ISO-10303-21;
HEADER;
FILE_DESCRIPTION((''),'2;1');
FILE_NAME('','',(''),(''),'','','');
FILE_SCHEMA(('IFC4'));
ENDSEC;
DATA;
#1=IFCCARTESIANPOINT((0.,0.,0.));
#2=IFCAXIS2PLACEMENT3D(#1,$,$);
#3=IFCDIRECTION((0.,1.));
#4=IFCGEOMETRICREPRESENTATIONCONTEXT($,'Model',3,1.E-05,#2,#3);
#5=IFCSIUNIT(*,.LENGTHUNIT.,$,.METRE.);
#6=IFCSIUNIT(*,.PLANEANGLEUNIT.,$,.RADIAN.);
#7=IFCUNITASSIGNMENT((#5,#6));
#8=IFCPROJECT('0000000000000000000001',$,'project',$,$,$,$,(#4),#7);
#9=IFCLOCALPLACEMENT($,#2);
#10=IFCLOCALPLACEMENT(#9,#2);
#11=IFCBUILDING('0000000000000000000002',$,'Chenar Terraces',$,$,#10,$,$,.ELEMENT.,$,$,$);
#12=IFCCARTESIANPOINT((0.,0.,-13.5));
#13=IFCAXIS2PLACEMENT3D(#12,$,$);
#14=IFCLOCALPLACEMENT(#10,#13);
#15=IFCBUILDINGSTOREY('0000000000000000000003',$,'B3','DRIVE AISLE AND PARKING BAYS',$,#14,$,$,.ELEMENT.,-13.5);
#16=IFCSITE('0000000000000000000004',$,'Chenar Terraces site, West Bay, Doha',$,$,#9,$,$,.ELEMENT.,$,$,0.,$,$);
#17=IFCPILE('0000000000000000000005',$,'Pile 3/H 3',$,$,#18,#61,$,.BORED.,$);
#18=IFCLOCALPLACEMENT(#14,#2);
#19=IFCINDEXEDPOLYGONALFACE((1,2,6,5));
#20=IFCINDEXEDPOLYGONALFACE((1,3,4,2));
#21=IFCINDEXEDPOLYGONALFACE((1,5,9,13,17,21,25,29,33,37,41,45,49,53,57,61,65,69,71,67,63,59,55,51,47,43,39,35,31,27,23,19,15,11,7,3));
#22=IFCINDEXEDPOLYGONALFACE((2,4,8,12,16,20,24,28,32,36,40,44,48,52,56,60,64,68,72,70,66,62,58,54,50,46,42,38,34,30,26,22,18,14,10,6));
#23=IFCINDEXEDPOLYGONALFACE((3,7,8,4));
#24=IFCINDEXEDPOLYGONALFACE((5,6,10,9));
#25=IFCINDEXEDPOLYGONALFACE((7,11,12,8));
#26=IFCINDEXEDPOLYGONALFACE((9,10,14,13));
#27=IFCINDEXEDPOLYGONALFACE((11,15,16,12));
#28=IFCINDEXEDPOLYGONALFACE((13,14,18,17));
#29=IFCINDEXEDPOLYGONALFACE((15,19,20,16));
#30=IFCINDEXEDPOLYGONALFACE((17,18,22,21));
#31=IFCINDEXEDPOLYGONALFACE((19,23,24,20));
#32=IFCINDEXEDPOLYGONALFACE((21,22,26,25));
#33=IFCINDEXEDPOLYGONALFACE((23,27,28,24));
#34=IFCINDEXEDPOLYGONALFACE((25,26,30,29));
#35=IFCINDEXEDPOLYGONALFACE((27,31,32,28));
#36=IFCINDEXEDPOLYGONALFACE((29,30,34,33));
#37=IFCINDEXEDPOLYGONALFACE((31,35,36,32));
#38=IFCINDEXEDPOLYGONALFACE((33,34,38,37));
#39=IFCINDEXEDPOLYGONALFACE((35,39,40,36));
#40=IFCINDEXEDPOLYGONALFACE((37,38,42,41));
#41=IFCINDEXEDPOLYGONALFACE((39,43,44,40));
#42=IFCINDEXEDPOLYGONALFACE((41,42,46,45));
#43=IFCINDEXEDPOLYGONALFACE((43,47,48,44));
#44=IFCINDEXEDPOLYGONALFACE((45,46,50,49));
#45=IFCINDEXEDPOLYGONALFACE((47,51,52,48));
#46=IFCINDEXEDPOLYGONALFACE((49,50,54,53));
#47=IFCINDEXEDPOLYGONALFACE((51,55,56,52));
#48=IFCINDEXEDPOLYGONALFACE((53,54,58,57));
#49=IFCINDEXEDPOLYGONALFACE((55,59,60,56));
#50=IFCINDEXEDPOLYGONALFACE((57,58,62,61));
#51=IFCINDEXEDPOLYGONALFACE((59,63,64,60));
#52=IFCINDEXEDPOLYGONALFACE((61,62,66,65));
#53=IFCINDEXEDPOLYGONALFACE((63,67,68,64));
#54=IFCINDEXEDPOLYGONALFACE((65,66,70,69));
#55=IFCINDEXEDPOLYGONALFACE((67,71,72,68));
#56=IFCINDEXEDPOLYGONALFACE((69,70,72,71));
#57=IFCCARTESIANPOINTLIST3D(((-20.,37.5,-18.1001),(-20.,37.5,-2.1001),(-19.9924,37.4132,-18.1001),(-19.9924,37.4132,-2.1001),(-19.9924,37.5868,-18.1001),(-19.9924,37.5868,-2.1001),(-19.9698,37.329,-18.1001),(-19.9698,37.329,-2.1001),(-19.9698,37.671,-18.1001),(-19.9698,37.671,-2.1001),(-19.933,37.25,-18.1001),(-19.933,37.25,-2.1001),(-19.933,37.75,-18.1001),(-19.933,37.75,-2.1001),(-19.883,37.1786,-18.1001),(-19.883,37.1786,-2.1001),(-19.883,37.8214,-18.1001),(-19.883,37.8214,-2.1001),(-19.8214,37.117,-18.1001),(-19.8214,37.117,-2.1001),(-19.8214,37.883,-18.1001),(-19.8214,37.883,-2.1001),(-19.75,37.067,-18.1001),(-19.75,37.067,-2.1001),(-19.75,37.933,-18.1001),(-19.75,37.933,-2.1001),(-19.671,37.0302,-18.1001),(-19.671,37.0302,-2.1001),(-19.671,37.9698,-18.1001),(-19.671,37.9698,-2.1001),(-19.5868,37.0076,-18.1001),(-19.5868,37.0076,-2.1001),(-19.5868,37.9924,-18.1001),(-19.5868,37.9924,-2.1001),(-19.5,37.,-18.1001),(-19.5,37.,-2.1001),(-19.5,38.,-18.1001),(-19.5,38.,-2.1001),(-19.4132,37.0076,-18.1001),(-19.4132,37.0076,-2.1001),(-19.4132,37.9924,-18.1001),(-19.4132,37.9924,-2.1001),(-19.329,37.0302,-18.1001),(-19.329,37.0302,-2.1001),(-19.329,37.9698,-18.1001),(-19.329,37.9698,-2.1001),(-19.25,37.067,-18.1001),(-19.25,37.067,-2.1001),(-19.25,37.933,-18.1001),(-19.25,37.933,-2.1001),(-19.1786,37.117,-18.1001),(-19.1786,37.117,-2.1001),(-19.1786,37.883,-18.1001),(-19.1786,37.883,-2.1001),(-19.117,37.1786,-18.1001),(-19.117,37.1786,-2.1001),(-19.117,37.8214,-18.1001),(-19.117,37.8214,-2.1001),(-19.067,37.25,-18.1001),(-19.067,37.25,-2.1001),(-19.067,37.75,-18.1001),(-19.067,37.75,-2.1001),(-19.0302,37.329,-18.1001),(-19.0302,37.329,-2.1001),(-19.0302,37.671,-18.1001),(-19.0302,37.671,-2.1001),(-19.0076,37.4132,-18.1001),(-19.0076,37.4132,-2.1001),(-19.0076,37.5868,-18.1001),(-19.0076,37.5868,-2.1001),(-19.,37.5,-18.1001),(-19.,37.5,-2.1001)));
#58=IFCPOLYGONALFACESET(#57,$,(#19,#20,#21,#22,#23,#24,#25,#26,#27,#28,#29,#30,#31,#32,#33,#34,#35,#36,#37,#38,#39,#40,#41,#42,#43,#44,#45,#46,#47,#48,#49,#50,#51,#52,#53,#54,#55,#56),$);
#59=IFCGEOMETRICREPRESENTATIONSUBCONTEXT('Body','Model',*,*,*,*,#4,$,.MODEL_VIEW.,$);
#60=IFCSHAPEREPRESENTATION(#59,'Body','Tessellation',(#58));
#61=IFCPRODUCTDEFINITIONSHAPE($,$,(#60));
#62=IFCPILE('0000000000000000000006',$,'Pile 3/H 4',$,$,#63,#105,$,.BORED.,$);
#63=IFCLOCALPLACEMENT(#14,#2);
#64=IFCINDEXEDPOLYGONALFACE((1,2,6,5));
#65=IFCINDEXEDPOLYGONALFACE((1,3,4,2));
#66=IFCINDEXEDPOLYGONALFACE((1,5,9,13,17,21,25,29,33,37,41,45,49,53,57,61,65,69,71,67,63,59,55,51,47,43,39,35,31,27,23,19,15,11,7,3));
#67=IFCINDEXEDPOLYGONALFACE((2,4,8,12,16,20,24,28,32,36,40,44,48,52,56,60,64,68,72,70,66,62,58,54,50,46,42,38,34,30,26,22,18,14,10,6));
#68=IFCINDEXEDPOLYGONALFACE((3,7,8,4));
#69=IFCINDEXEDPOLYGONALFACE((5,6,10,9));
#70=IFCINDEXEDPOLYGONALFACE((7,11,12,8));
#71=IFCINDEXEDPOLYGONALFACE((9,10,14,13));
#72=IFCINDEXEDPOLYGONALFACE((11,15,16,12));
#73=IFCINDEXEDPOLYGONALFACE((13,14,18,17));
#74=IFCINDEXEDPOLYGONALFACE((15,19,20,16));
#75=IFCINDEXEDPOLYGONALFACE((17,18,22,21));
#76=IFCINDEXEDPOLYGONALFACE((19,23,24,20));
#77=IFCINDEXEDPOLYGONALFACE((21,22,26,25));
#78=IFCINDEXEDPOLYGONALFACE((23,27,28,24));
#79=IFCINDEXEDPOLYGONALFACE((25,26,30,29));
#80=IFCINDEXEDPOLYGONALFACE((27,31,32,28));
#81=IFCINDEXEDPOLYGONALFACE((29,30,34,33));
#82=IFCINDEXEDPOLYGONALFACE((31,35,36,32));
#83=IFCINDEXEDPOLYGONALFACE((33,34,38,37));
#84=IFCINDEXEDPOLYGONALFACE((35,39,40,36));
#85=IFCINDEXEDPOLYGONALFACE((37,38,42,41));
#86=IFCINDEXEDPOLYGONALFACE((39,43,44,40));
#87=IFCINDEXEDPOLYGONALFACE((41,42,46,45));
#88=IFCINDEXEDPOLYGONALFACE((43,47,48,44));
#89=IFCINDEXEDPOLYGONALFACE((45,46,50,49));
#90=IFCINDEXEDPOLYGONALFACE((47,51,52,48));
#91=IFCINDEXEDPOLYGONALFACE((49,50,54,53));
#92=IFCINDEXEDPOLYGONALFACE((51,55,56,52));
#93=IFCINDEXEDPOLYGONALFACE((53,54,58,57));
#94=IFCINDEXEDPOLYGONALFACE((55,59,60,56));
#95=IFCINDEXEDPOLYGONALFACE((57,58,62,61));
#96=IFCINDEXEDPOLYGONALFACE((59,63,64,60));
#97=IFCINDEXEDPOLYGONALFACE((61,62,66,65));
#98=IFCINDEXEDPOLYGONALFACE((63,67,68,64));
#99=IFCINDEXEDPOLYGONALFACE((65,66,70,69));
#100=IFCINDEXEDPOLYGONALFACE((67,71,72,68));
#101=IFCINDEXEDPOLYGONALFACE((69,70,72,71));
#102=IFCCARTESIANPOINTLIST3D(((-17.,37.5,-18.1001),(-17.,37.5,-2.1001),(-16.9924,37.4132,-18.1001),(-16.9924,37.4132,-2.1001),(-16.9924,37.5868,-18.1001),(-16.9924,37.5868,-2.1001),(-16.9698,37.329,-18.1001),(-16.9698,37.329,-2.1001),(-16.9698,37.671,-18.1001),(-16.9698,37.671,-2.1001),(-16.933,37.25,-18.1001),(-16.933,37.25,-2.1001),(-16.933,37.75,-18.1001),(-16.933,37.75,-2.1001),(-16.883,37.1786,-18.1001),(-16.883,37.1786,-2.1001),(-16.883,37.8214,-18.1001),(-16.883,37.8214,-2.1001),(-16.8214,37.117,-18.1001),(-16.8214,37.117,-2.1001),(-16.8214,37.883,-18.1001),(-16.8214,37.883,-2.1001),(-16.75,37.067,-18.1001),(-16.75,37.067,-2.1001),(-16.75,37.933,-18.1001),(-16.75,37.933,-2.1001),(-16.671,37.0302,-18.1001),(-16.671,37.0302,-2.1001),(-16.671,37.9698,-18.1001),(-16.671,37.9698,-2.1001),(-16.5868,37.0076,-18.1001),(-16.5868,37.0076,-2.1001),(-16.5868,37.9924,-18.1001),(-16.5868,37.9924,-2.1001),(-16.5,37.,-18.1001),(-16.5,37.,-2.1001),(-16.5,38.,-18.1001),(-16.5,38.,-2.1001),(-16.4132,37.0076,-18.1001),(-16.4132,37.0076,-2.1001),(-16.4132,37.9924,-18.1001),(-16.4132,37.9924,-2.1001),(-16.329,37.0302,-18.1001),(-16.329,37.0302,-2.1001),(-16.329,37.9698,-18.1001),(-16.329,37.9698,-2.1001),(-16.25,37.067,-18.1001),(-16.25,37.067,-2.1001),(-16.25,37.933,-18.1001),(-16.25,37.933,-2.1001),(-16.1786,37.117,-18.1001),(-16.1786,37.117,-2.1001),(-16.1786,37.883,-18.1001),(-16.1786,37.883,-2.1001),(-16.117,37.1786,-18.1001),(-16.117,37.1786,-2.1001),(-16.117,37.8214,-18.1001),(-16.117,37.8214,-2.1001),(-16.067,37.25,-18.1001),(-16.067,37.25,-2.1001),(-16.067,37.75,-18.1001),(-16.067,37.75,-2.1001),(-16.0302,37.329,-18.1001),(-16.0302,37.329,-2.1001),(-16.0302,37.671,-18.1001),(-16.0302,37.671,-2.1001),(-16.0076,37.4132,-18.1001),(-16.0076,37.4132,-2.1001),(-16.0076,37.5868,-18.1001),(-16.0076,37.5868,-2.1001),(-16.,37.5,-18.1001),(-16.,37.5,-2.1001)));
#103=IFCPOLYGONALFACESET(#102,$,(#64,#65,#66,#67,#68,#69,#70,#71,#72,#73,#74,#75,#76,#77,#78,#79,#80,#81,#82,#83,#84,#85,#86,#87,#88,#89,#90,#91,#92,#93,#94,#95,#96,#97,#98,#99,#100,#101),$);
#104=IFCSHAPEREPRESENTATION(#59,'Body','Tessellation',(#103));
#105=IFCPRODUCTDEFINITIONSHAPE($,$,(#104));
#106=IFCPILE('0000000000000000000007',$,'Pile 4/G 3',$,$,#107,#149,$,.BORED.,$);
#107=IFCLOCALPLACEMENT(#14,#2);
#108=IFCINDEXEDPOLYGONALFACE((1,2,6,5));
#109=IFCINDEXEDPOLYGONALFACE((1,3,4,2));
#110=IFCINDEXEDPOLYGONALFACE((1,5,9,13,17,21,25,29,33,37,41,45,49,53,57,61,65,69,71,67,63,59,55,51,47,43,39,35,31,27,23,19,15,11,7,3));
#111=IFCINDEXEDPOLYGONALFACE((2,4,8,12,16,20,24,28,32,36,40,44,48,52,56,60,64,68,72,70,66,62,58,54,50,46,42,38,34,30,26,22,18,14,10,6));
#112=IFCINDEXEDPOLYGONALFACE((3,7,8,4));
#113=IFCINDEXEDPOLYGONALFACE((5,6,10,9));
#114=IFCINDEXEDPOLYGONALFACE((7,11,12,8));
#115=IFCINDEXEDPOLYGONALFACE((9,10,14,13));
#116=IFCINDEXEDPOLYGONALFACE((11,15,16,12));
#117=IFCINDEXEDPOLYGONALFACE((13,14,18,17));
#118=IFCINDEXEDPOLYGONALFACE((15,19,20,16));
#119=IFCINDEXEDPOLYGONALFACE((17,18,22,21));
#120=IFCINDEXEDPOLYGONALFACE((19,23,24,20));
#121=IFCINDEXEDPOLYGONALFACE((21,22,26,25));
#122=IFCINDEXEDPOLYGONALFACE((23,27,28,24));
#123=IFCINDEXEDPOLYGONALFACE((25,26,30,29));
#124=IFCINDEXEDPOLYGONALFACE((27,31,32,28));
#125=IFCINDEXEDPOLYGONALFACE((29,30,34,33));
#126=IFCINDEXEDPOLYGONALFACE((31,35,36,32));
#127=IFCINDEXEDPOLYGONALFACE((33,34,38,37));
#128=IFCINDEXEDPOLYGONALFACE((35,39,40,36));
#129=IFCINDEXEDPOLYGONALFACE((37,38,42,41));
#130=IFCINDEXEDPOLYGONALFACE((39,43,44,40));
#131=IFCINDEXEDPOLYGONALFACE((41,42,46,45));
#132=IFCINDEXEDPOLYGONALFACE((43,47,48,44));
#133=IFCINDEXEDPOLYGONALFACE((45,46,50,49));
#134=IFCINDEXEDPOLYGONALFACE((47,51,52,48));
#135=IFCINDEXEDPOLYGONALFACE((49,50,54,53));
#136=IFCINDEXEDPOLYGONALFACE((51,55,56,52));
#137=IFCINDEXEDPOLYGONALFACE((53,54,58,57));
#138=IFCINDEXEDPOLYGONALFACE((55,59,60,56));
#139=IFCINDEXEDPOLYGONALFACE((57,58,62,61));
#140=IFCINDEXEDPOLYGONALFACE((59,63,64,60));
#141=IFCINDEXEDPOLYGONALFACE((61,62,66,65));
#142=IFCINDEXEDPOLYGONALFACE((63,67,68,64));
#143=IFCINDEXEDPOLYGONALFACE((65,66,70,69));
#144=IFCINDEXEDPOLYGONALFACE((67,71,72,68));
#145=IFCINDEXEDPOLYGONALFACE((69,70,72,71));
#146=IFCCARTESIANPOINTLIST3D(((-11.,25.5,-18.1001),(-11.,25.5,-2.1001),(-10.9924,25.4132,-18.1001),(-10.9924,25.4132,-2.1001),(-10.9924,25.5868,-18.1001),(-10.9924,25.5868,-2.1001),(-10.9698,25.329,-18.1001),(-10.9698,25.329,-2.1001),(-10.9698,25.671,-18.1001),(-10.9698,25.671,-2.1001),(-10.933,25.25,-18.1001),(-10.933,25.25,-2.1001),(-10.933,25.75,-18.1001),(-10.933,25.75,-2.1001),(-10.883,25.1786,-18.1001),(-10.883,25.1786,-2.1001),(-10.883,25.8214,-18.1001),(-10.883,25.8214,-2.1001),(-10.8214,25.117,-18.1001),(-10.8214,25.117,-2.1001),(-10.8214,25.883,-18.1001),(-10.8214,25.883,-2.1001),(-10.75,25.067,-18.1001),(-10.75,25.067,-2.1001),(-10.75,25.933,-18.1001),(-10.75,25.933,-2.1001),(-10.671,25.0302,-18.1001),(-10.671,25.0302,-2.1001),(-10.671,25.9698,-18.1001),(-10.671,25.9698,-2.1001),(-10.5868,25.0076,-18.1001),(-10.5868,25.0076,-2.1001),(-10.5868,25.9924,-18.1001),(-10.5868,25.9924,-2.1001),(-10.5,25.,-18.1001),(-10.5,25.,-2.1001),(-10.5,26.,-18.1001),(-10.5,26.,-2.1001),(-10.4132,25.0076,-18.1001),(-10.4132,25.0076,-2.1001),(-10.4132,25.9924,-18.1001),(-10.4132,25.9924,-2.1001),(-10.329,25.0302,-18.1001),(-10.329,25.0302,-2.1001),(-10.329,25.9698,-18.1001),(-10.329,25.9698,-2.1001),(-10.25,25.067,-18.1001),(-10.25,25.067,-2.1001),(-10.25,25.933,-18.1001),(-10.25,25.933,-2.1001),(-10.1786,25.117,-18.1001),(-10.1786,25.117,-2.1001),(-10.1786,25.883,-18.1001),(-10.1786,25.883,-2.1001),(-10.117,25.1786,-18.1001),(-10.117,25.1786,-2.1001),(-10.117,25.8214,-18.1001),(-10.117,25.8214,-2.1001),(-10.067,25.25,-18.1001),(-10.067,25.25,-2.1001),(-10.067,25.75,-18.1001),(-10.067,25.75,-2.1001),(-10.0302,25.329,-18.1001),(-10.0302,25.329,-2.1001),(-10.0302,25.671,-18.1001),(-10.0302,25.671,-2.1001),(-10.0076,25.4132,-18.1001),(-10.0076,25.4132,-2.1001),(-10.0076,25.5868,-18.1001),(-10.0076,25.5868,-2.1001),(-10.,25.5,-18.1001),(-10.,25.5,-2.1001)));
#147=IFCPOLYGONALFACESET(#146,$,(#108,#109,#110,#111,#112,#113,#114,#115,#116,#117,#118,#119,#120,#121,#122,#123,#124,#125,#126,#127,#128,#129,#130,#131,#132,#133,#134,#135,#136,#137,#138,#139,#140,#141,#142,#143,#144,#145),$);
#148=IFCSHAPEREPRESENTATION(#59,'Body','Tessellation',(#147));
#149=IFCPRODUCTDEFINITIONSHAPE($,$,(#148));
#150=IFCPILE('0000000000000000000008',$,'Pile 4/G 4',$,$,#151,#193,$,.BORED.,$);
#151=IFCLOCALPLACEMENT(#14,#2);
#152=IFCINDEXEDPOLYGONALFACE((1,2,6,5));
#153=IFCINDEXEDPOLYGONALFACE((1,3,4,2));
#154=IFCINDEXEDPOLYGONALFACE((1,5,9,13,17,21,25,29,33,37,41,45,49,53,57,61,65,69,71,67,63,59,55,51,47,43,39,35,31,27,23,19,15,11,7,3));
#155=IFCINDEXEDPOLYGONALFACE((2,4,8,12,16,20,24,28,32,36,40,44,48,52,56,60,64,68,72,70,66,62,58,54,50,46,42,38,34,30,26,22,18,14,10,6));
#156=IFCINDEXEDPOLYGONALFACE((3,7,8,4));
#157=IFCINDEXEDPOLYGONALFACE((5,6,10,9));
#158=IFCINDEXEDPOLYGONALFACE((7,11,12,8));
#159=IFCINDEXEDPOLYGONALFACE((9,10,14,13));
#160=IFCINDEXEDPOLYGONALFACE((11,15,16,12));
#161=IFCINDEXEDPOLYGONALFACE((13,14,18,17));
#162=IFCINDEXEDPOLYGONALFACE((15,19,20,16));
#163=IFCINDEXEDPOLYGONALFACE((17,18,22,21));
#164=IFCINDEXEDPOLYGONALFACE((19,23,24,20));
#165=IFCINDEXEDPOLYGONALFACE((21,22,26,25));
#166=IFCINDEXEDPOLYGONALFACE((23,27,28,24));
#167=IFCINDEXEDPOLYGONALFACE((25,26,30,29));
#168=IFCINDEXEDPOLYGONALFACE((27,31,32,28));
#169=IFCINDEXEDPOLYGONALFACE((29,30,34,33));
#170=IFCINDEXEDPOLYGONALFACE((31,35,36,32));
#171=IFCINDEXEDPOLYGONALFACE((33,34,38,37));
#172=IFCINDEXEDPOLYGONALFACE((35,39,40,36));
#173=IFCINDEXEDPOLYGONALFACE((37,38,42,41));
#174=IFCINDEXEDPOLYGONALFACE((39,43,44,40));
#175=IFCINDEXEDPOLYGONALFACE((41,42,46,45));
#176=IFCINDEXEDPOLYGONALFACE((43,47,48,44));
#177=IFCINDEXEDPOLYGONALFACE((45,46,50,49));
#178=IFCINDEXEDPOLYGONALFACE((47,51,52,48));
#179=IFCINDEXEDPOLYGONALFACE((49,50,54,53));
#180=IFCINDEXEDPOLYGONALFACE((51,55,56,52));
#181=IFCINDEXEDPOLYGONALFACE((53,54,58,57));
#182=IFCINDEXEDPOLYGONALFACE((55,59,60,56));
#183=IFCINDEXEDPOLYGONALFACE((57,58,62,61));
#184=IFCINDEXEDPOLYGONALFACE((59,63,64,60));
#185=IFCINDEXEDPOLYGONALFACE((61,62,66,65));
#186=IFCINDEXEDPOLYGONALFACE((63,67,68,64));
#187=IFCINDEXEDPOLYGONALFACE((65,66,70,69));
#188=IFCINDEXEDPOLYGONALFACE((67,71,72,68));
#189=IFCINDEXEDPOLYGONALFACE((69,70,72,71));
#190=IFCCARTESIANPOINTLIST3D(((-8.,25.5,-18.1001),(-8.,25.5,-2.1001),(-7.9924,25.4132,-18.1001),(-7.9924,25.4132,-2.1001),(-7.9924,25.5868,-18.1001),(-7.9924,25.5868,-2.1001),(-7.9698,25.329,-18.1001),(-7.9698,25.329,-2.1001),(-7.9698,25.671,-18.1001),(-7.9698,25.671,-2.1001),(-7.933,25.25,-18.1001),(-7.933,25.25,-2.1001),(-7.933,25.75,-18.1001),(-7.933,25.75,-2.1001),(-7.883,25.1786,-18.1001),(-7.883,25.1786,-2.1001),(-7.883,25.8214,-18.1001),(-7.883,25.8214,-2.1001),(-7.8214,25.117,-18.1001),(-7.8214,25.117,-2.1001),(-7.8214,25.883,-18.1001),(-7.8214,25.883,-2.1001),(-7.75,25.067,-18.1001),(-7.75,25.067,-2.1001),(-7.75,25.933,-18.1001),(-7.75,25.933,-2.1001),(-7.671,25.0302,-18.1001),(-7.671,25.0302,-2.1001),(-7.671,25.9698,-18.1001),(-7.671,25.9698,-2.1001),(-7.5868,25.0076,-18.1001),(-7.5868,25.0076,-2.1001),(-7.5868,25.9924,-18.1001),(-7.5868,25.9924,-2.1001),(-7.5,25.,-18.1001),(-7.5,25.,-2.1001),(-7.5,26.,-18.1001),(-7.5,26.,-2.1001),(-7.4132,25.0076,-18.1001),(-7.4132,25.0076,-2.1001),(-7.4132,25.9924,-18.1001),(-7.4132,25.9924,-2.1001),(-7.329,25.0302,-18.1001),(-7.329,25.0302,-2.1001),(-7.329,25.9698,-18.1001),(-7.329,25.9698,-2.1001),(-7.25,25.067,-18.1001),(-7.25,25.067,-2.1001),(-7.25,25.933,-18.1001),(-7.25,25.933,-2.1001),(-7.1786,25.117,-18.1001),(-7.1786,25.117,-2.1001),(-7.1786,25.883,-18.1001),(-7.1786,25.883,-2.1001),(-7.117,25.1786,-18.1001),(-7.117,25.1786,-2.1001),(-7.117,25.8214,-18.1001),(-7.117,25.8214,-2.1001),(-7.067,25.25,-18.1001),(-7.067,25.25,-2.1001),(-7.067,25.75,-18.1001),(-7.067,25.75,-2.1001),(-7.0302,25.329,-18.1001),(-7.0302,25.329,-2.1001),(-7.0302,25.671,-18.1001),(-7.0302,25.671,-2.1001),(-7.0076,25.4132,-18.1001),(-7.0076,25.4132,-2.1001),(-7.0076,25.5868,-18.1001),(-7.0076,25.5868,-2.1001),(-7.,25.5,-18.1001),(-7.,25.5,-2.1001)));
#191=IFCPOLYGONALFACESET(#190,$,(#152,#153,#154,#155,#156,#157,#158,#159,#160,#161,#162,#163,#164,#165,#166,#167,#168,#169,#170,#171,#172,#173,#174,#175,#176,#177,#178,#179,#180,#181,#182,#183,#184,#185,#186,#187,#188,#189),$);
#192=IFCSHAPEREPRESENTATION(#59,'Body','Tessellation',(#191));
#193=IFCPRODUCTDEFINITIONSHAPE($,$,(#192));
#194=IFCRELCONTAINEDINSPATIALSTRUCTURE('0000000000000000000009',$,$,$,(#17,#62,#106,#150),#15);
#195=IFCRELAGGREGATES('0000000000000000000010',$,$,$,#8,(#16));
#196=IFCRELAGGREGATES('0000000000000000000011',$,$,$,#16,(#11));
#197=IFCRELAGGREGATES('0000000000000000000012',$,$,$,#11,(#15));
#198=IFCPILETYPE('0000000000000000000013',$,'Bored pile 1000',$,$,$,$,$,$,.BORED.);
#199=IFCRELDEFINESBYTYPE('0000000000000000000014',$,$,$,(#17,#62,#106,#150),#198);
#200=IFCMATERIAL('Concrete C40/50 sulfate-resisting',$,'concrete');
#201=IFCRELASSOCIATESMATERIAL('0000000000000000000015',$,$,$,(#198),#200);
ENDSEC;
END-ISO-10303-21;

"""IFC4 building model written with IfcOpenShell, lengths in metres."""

from ifc_helpers import new_model, si_unit, direction, frame, origin, origin_2d, place, context, subcontext, project, spatial, circle, extrude, material, material_profile, profile_set, type_object, element, save


model = new_model("IFC4")

# Units and contexts
model_context = context("Model", 3, precision=1e-05, world=origin(), true_north=direction((0.0, 1.0)))
body_context = subcontext(model_context, "Body", "Model", "MODEL_VIEW")
ifc_project = project(units=[si_unit("LENGTHUNIT", "METRE"), si_unit("PLANEANGLEUNIT", "RADIAN")], contexts=[model_context])

# Site, building, storey
site_placement = place(None, origin())
site = spatial("IfcSite", under=ifc_project, at=site_placement, Name="Chenar Terraces site, West Bay, Doha", CompositionType="ELEMENT", RefElevation=0.0)
building_placement = place(site_placement, origin())
building = spatial("IfcBuilding", under=site, at=building_placement, Name="Chenar Terraces", CompositionType="ELEMENT")
storey_placement = place(building_placement, frame((0.0, 0.0, -13.5)))
storey = spatial("IfcBuildingStorey", under=building, at=storey_placement, Name="B3", Description="DRIVE AISLE AND PARKING BAYS", CompositionType="ELEMENT", Elevation=-13.5)

# Piles
ifc_material_1 = material(Name="Concrete C40/50 sulfate-resisting", Category="concrete")
ifc_material_profile_1 = material_profile(ifc_material_1, circle(Radius=0.5, at=origin_2d()), Name="BP 1000")
ifc_profile_set_1 = profile_set([ifc_material_profile_1], Name="Concrete C40/50 sulfate-resisting")
pile_type_1 = type_object("IfcPileType", Name="Bored pile 1000", PredefinedType="BORED", material=ifc_profile_set_1)
for number, where, z_axis, x_axis, name in (
    (1, (-19.5, 37.5, -2.1001), (0.0, 0.0, -1.0), (1.0, 0.0, 0.0), "Pile 3/H 3"),
    (2, (-16.5, 37.5, -2.1001), (0.0, 0.0, -1.0), (1.0, 0.0, 0.0), "Pile 3/H 4"),
    (3, (-10.5, 25.5, -2.1001), (0.0, 0.0, -1.0), (1.0, 0.0, 0.0), "Pile 4/G 3"),
    (4, (-7.5, 25.5, -2.1001), (0.0, 0.0, -1.0), (1.0, 0.0, 0.0), "Pile 4/G 4"),
):
    element("IfcPile", number, at=place(storey_placement, frame(where, z_axis=z_axis, x_axis=x_axis)), inside=storey, type_object=pile_type_1, Name=name, PredefinedType="BORED", context=body_context, shape_type="SweptSolid", body=[
        extrude(circle(Radius=0.5, at=origin_2d()), origin(), (0.0, 0.0, 1.0), 16.0),
    ])

save(model, "model.ifc")
